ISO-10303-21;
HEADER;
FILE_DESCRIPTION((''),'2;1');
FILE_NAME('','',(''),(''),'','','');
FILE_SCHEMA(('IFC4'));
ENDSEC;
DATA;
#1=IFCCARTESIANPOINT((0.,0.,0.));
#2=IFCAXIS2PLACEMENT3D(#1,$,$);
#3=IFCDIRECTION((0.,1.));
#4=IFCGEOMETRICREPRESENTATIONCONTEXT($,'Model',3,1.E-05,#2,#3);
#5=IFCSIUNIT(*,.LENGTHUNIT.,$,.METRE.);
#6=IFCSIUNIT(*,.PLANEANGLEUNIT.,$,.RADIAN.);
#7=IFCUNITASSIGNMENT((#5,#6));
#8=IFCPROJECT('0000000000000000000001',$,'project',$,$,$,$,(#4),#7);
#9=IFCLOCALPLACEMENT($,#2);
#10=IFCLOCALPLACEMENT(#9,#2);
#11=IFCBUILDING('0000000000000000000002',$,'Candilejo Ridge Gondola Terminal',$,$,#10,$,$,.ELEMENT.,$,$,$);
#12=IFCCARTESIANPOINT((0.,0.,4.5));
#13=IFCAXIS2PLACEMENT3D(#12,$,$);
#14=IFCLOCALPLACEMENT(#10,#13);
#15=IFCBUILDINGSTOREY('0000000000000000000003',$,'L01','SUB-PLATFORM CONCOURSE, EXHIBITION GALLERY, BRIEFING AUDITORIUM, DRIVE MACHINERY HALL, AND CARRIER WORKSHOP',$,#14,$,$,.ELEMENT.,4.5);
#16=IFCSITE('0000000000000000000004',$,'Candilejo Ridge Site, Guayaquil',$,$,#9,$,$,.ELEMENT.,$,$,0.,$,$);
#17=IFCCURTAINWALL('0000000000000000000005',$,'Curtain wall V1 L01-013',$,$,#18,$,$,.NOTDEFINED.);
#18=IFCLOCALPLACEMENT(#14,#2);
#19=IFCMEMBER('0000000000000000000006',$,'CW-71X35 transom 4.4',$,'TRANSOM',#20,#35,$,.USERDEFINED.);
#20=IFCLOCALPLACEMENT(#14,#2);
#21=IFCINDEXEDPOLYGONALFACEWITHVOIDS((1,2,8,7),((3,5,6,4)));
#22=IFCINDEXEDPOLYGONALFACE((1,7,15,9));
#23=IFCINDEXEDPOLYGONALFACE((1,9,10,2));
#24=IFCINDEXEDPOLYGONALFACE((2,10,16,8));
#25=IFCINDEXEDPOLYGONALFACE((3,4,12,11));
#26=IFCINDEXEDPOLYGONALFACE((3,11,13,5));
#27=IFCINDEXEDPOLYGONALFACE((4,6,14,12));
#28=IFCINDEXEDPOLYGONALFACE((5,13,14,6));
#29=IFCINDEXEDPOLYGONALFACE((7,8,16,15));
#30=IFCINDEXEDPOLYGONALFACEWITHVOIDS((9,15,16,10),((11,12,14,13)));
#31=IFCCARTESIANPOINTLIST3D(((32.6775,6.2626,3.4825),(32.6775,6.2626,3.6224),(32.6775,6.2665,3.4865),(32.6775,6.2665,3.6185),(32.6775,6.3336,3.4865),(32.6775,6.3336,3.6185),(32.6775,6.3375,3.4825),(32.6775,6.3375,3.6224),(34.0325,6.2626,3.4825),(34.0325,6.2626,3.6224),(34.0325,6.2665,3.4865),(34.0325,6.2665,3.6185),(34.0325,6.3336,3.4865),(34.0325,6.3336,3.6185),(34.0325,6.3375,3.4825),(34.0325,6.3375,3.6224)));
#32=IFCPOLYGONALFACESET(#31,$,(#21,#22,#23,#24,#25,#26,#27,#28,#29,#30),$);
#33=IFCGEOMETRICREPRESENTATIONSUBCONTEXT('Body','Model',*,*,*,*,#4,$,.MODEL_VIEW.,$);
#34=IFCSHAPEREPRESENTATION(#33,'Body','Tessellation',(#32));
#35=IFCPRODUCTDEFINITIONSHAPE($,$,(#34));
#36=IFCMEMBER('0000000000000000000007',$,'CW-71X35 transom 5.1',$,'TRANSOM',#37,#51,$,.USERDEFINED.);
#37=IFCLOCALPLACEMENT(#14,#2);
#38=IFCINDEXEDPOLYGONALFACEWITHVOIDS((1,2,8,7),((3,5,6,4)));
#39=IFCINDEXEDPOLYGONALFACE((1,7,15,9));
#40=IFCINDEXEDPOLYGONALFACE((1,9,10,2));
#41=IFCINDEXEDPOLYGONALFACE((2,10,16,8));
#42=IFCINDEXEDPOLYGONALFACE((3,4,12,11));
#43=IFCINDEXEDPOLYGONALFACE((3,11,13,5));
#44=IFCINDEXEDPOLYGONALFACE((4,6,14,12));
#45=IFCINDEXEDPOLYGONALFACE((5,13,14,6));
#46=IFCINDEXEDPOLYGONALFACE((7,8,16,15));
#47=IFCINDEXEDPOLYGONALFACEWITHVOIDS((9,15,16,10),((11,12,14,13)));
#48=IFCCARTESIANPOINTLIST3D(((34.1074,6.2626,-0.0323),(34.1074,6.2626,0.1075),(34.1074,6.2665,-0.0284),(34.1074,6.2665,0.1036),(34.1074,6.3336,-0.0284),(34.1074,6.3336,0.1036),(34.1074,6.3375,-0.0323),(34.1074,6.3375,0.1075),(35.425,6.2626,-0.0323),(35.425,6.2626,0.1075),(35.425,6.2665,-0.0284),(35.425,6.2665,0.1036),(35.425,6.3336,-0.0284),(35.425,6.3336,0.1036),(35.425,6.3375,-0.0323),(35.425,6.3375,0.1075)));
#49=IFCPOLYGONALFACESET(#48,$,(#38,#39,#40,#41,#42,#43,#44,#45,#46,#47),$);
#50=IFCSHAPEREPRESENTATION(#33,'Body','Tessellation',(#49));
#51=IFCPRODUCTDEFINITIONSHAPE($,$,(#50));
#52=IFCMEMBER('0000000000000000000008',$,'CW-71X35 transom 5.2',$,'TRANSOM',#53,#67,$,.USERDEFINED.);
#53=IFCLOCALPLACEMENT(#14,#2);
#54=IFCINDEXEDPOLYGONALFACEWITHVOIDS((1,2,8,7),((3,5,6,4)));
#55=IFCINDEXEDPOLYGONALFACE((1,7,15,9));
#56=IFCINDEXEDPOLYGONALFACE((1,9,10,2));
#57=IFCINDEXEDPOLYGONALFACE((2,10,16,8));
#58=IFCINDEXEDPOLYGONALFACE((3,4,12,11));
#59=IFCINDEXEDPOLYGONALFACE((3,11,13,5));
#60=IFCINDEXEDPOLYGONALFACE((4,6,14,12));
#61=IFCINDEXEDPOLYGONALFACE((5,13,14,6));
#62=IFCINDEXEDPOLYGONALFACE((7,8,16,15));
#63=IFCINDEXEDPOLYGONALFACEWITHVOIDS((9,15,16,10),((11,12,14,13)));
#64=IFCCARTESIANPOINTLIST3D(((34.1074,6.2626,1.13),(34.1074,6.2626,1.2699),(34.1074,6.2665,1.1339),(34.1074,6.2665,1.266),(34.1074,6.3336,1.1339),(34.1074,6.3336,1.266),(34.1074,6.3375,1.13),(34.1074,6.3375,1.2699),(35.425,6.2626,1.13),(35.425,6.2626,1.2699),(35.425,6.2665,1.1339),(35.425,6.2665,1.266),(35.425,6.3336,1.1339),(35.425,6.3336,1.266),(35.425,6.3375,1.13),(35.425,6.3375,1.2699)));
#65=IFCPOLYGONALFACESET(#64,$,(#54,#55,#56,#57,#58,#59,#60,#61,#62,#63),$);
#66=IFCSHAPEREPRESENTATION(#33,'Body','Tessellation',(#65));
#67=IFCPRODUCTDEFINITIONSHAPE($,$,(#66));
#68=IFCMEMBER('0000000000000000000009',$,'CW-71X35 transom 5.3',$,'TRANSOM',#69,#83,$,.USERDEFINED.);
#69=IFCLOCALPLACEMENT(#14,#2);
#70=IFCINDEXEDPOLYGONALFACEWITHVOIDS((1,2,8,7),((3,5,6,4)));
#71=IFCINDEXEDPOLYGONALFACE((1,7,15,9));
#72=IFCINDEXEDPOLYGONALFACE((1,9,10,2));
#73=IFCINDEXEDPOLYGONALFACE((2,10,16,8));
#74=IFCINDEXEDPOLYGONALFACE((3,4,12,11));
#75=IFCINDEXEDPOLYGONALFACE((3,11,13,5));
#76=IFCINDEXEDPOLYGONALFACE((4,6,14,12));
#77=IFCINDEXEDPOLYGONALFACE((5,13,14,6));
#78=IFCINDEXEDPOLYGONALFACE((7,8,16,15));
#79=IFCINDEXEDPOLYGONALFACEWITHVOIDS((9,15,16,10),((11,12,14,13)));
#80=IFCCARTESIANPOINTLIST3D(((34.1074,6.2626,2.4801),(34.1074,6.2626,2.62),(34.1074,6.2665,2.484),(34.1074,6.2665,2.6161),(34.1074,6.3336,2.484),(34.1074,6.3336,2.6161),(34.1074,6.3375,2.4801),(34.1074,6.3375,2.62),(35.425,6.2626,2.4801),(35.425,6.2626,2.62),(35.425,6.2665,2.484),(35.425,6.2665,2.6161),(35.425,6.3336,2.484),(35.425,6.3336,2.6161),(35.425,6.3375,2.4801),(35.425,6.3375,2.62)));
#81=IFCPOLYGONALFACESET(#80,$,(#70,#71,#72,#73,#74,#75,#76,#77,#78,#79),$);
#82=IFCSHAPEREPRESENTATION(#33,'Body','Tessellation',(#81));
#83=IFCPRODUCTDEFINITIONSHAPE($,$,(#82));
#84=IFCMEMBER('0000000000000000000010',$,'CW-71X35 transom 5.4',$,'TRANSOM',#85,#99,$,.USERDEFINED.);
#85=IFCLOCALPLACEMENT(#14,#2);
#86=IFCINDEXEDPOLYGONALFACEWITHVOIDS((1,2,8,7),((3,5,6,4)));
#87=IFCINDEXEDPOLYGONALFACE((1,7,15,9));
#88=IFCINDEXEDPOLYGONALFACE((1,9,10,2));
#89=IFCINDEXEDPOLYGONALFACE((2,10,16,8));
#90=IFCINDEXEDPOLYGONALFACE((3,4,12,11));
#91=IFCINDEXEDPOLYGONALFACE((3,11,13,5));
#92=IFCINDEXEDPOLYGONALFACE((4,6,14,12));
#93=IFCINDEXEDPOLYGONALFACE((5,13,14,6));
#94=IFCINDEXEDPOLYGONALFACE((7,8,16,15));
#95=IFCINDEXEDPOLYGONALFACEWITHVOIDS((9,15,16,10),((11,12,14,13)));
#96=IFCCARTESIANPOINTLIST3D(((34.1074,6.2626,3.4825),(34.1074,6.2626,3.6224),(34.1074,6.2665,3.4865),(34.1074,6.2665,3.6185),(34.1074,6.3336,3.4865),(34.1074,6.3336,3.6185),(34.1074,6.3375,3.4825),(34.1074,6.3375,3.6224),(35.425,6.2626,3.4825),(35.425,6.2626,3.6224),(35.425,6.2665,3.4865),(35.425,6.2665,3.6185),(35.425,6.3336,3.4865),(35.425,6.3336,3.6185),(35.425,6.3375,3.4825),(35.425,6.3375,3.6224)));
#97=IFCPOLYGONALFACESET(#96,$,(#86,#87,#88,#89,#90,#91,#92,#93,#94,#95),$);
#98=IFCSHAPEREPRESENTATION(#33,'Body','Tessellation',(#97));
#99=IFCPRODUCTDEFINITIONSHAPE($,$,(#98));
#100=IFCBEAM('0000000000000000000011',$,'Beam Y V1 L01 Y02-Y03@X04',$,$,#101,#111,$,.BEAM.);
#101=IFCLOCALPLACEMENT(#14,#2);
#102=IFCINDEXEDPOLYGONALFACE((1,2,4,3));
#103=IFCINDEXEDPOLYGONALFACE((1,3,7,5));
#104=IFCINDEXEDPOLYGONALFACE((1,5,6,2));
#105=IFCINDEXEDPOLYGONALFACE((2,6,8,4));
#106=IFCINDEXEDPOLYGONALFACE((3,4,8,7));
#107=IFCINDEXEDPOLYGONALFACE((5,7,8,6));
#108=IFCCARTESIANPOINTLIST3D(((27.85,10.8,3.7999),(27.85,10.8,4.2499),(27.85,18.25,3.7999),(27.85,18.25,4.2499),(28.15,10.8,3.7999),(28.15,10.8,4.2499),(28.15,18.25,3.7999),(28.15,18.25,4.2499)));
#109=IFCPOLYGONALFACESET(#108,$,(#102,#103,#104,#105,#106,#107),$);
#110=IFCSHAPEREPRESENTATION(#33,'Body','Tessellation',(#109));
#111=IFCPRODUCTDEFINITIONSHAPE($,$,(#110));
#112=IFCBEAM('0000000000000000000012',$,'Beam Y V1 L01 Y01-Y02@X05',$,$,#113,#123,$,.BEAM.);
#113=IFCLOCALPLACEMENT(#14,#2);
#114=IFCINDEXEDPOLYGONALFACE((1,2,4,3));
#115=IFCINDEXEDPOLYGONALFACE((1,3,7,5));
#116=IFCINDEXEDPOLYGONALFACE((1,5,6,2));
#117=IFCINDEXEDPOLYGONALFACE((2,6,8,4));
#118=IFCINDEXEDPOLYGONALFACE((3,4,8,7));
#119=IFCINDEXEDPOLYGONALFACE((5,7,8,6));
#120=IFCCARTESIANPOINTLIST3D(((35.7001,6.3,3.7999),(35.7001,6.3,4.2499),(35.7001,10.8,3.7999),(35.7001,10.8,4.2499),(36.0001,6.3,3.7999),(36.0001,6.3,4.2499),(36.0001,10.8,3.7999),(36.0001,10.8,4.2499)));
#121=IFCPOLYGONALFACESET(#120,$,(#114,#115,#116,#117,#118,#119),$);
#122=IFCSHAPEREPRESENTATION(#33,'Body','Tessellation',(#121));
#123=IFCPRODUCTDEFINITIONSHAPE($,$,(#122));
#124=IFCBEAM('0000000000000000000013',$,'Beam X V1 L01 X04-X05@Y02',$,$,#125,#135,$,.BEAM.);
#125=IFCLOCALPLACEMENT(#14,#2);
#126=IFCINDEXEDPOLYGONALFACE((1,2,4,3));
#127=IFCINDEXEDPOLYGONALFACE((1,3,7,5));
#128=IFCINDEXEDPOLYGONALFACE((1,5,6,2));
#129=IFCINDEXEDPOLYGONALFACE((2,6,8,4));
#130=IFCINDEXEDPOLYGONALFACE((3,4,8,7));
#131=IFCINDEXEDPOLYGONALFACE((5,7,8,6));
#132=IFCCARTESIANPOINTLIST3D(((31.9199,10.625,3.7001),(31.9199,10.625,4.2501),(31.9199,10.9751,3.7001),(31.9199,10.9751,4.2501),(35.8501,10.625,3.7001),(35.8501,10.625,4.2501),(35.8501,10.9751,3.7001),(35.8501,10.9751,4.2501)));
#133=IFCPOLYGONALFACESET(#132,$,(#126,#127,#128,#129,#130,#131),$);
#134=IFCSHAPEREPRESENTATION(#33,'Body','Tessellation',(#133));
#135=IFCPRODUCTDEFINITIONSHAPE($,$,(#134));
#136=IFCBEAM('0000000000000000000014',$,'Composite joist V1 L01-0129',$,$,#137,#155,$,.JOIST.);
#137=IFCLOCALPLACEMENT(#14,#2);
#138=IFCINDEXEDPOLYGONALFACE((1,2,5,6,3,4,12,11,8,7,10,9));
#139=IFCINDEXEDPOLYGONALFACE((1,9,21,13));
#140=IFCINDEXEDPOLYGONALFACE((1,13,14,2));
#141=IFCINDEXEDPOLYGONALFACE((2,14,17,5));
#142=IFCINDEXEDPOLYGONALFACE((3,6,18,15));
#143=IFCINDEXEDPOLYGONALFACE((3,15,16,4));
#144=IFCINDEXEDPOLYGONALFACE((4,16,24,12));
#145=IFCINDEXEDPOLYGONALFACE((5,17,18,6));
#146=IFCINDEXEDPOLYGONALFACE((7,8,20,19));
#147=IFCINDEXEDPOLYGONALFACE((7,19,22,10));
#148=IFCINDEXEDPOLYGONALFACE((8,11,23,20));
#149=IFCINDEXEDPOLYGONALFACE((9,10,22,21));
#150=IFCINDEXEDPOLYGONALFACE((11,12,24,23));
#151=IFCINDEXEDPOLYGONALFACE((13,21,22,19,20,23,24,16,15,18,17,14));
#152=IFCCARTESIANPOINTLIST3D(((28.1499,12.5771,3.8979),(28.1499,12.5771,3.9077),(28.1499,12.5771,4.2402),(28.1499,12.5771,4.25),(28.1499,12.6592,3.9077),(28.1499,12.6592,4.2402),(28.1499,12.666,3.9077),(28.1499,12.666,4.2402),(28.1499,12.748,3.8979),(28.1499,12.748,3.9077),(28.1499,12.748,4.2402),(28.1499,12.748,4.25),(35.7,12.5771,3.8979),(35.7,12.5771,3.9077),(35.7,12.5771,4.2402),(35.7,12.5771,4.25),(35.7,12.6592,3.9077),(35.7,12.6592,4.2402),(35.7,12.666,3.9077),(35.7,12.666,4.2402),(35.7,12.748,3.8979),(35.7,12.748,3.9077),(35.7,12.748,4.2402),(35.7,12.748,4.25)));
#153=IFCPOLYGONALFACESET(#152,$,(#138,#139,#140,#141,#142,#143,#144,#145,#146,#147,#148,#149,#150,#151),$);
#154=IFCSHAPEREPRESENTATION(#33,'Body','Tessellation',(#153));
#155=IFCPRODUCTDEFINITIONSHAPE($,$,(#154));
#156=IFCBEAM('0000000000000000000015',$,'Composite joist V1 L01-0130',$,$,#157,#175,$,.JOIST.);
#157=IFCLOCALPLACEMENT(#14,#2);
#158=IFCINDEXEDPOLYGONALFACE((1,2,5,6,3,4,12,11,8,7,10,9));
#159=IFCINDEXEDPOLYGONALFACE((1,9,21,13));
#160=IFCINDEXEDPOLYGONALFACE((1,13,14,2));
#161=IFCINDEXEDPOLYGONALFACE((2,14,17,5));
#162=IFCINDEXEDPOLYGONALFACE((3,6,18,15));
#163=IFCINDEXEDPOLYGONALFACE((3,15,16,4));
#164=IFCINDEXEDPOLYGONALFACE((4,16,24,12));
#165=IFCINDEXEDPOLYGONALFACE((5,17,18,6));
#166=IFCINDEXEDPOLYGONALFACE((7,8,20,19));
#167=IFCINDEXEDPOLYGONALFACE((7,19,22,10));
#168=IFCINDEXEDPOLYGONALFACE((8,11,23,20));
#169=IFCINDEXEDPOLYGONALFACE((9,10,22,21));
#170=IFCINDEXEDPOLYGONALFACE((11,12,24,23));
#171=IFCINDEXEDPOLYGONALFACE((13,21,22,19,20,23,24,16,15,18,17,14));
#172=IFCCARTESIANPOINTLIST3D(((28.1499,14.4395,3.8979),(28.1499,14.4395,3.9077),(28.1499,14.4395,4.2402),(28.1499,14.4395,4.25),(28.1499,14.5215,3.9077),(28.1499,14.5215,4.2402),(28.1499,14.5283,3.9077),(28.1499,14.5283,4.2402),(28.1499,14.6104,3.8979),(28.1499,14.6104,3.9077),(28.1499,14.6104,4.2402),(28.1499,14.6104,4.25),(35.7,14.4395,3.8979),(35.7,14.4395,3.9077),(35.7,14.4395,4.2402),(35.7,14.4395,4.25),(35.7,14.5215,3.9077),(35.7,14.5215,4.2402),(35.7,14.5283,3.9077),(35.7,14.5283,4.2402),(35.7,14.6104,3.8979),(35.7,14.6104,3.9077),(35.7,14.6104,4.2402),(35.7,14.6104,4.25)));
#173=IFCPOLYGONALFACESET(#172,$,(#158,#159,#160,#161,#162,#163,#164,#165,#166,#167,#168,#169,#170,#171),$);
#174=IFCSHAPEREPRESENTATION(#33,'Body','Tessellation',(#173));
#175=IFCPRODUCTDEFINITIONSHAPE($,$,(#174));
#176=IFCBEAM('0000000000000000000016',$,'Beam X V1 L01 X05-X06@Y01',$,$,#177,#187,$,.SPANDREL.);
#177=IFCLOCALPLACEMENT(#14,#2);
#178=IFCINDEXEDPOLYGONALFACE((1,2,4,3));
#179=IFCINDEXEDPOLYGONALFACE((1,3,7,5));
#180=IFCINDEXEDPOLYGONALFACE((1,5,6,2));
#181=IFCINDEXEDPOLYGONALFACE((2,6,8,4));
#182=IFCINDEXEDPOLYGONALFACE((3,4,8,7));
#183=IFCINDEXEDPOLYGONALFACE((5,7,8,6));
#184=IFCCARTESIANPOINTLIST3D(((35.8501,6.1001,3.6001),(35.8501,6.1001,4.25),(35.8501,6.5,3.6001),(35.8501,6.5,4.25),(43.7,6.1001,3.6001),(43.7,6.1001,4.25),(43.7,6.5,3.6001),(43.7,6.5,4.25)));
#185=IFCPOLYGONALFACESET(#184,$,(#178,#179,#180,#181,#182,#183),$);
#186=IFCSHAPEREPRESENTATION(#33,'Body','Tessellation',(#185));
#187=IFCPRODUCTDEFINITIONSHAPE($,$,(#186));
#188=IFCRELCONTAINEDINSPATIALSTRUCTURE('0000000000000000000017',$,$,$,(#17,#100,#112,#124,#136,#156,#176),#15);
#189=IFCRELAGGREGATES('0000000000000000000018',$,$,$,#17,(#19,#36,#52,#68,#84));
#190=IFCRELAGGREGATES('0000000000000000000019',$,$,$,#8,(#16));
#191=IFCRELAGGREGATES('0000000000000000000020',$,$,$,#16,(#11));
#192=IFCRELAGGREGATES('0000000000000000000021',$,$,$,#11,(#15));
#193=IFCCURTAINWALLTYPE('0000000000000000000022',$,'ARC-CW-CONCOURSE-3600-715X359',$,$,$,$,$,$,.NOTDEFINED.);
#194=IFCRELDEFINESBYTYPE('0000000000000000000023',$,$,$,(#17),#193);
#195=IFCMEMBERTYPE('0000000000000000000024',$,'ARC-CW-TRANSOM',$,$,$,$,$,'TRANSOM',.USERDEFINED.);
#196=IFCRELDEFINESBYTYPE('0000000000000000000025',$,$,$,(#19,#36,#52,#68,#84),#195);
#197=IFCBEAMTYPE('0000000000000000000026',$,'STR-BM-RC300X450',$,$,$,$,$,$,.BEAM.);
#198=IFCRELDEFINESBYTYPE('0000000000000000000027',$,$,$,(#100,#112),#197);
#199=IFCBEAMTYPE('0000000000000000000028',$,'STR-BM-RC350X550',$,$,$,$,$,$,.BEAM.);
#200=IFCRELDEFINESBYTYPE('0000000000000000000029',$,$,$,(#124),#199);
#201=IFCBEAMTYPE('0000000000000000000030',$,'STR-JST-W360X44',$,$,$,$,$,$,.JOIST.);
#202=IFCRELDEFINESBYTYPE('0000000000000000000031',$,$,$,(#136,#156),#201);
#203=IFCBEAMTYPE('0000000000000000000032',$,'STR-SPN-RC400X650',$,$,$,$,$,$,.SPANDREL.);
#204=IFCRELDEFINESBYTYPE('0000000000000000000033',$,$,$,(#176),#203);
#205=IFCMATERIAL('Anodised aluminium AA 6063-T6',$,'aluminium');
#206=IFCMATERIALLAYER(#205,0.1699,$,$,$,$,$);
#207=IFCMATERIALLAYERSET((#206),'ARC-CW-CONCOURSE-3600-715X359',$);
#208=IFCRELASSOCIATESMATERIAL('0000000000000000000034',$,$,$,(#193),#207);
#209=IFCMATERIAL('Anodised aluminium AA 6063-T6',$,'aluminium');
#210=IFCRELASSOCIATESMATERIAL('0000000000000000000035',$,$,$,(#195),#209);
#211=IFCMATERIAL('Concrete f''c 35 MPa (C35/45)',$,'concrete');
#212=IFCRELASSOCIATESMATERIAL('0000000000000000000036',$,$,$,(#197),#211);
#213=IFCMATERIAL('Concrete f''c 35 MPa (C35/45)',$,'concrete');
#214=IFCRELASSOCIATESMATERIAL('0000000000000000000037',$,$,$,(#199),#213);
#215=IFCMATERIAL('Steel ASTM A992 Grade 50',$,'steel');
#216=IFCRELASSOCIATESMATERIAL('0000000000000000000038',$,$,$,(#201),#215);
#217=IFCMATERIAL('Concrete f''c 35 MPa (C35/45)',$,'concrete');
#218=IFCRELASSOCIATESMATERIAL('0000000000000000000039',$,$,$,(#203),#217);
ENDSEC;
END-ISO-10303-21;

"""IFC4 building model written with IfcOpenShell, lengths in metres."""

from ifc_helpers import new_model, si_unit, direction, frame, origin, origin_2d, place, context, subcontext, project, spatial, rectangle, hollow_rectangle, i_section, extrude, material, layer, layer_set, material_profile, profile_set, type_object, element, aggregate, save


model = new_model("IFC4")

# Units and contexts
model_context = context("Model", 3, precision=1e-05, world=origin(), true_north=direction((0.0, 1.0)))
body_context = subcontext(model_context, "Body", "Model", "MODEL_VIEW")
ifc_project = project(units=[si_unit("LENGTHUNIT", "METRE"), si_unit("PLANEANGLEUNIT", "RADIAN")], contexts=[model_context])

# Site, building, storey
site_placement = place(None, origin())
site = spatial("IfcSite", under=ifc_project, at=site_placement, Name="Candilejo Ridge Site, Guayaquil", CompositionType="ELEMENT", RefElevation=0.0)
building_placement = place(site_placement, origin())
building = spatial("IfcBuilding", under=site, at=building_placement, Name="Candilejo Ridge Gondola Terminal", CompositionType="ELEMENT")
storey_placement = place(building_placement, frame((0.0, 0.0, 4.5)))
storey = spatial("IfcBuildingStorey", under=building, at=storey_placement, Name="L01", Description="SUB-PLATFORM CONCOURSE, EXHIBITION GALLERY, BRIEFING AUDITORIUM, DRIVE MACHINERY HALL, AND CARRIER WORKSHOP", CompositionType="ELEMENT", Elevation=4.5)

# Curtain wall, members
ifc_material_1 = material(Name="Anodised aluminium AA 6063-T6", Category="aluminium")
ifc_layer_1 = layer(ifc_material_1, 0.1699)
ifc_layer_set_1 = layer_set([ifc_layer_1], Name="ARC-CW-CONCOURSE-3600-715X359")
curtain_wall_type = type_object("IfcCurtainWallType", Name="ARC-CW-CONCOURSE-3600-715X359", PredefinedType="NOTDEFINED", material=ifc_layer_set_1)
curtain_wall_placement = place(storey_placement, origin())
curtain_wall = element("IfcCurtainWall", 1, at=curtain_wall_placement, inside=storey, type_object=curtain_wall_type, Name="Curtain wall V1 L01-013", PredefinedType="NOTDEFINED")
ifc_material_2 = material(Name="Anodised aluminium AA 6063-T6", Category="aluminium")
ifc_material_profile_1 = material_profile(ifc_material_2, hollow_rectangle(XDim=0.075, YDim=0.1399, WallThickness=0.0039, at=origin_2d()))
ifc_profile_set_1 = profile_set([ifc_material_profile_1], Name="Anodised aluminium AA 6063-T6")
member_type_1 = type_object("IfcMemberType", Name="ARC-CW-TRANSOM", ElementType="TRANSOM", PredefinedType="USERDEFINED", material=ifc_profile_set_1)
member_1_placement = place(storey_placement, frame((32.6775, 6.3, 3.5525), z_axis=(1.0, 0.0, 0.0), x_axis=(0.0, 1.0, 0.0)))
member_1 = element("IfcMember", 2, at=member_1_placement, type_object=member_type_1, Name="CW-71X35 transom 4.4", ObjectType="TRANSOM", PredefinedType="USERDEFINED", context=body_context, shape_type="SweptSolid", body=[
    extrude(hollow_rectangle(XDim=0.075, YDim=0.1399, WallThickness=0.0039, at=origin_2d()), origin(), (0.0, 0.0, 1.0), 1.355),
])
member_2_placement = place(storey_placement, frame((34.1074, 6.3, 0.0376), z_axis=(1.0, 0.0, 0.0), x_axis=(0.0, 1.0, 0.0)))
member_2 = element("IfcMember", 3, at=member_2_placement, type_object=member_type_1, Name="CW-71X35 transom 5.1", ObjectType="TRANSOM", PredefinedType="USERDEFINED", context=body_context, shape_type="SweptSolid", body=[
    extrude(hollow_rectangle(XDim=0.075, YDim=0.1399, WallThickness=0.0039, at=origin_2d()), origin(), (0.0, 0.0, 1.0), 1.3176),
])
member_3_placement = place(storey_placement, frame((34.1074, 6.3, 1.2), z_axis=(1.0, 0.0, 0.0), x_axis=(0.0, 1.0, 0.0)))
member_3 = element("IfcMember", 4, at=member_3_placement, type_object=member_type_1, Name="CW-71X35 transom 5.2", ObjectType="TRANSOM", PredefinedType="USERDEFINED", context=body_context, shape_type="SweptSolid", body=[
    extrude(hollow_rectangle(XDim=0.075, YDim=0.1399, WallThickness=0.0039, at=origin_2d()), origin(), (0.0, 0.0, 1.0), 1.3176),
])
member_4_placement = place(storey_placement, frame((34.1074, 6.3, 2.55), z_axis=(1.0, 0.0, 0.0), x_axis=(0.0, 1.0, 0.0)))
member_4 = element("IfcMember", 5, at=member_4_placement, type_object=member_type_1, Name="CW-71X35 transom 5.3", ObjectType="TRANSOM", PredefinedType="USERDEFINED", context=body_context, shape_type="SweptSolid", body=[
    extrude(hollow_rectangle(XDim=0.075, YDim=0.1399, WallThickness=0.0039, at=origin_2d()), origin(), (0.0, 0.0, 1.0), 1.3176),
])
member_5_placement = place(storey_placement, frame((34.1074, 6.3, 3.5525), z_axis=(1.0, 0.0, 0.0), x_axis=(0.0, 1.0, 0.0)))
member_5 = element("IfcMember", 6, at=member_5_placement, type_object=member_type_1, Name="CW-71X35 transom 5.4", ObjectType="TRANSOM", PredefinedType="USERDEFINED", context=body_context, shape_type="SweptSolid", body=[
    extrude(hollow_rectangle(XDim=0.075, YDim=0.1399, WallThickness=0.0039, at=origin_2d()), origin(), (0.0, 0.0, 1.0), 1.3176),
])

# Beams
ifc_material_3 = material(Name="Concrete f'c 35 MPa (C35/45)", Category="concrete")
ifc_material_profile_2 = material_profile(ifc_material_3, rectangle(XDim=0.3, YDim=0.45, at=origin_2d()))
ifc_profile_set_2 = profile_set([ifc_material_profile_2], Name="Concrete f'c 35 MPa (C35/45)")
beam_type_1 = type_object("IfcBeamType", Name="STR-BM-RC300X450", PredefinedType="BEAM", material=ifc_profile_set_2)
beam_1_placement = place(storey_placement, frame((28.0, 10.8, 4.0249), z_axis=(0.0, 1.0, 0.0), x_axis=(-1.0, 0.0, 0.0)))
element("IfcBeam", 7, at=beam_1_placement, inside=storey, type_object=beam_type_1, Name="Beam Y V1 L01 Y02-Y03@X04", PredefinedType="BEAM", context=body_context, shape_type="SweptSolid", body=[
    extrude(rectangle(XDim=0.3, YDim=0.45, at=origin_2d()), origin(), (0.0, 0.0, 1.0), 7.45),
])
beam_2_placement = place(storey_placement, frame((35.8501, 6.3, 4.0249), z_axis=(0.0, 1.0, 0.0), x_axis=(-1.0, 0.0, 0.0)))
element("IfcBeam", 8, at=beam_2_placement, inside=storey, type_object=beam_type_1, Name="Beam Y V1 L01 Y01-Y02@X05", PredefinedType="BEAM", context=body_context, shape_type="SweptSolid", body=[
    extrude(rectangle(XDim=0.3, YDim=0.45, at=origin_2d()), origin(), (0.0, 0.0, 1.0), 4.5),
])
ifc_material_4 = material(Name="Concrete f'c 35 MPa (C35/45)", Category="concrete")
ifc_material_profile_3 = material_profile(ifc_material_4, rectangle(XDim=0.3501, YDim=0.55, at=origin_2d()))
ifc_profile_set_3 = profile_set([ifc_material_profile_3], Name="Concrete f'c 35 MPa (C35/45)")
beam_type_2 = type_object("IfcBeamType", Name="STR-BM-RC350X550", PredefinedType="BEAM", material=ifc_profile_set_3)
beam_3_placement = place(storey_placement, frame((31.9199, 10.8, 3.9751), z_axis=(1.0, 0.0, 0.0), x_axis=(0.0, 1.0, 0.0)))
element("IfcBeam", 9, at=beam_3_placement, inside=storey, type_object=beam_type_2, Name="Beam X V1 L01 X04-X05@Y02", PredefinedType="BEAM", context=body_context, shape_type="SweptSolid", body=[
    extrude(rectangle(XDim=0.3501, YDim=0.55, at=origin_2d()), origin(), (0.0, 0.0, 1.0), 3.9302),
])
ifc_material_5 = material(Name="Steel ASTM A992 Grade 50", Category="steel")
ifc_material_profile_4 = material_profile(ifc_material_5, i_section(OverallWidth=0.1709, OverallDepth=0.3521, WebThickness=0.0068, FlangeThickness=0.0098, at=origin_2d()))
ifc_profile_set_4 = profile_set([ifc_material_profile_4], Name="Steel ASTM A992 Grade 50")
beam_type_3 = type_object("IfcBeamType", Name="STR-JST-W360X44", PredefinedType="JOIST", material=ifc_profile_set_4)
for number, where, z_axis, x_axis, name in (
    (10, (28.1499, 12.6626, 4.074), (1.0, 0.0, 0.0), (0.0, 1.0, 0.0), "Composite joist V1 L01-0129"),
    (11, (28.1499, 14.5249, 4.074), (1.0, 0.0, 0.0), (0.0, 1.0, 0.0), "Composite joist V1 L01-0130"),
):
    element("IfcBeam", number, at=place(storey_placement, frame(where, z_axis=z_axis, x_axis=x_axis)), inside=storey, type_object=beam_type_3, Name=name, PredefinedType="JOIST", context=body_context, shape_type="SweptSolid", body=[
        extrude(i_section(OverallWidth=0.1709, OverallDepth=0.3521, WebThickness=0.0068, FlangeThickness=0.0098, at=origin_2d()), origin(), (0.0, 0.0, 1.0), 7.55),
    ])
ifc_material_6 = material(Name="Concrete f'c 35 MPa (C35/45)", Category="concrete")
ifc_material_profile_5 = material_profile(ifc_material_6, rectangle(XDim=0.3999, YDim=0.6499, at=origin_2d()))
ifc_profile_set_5 = profile_set([ifc_material_profile_5], Name="Concrete f'c 35 MPa (C35/45)")
beam_type_4 = type_object("IfcBeamType", Name="STR-SPN-RC400X650", PredefinedType="SPANDREL", material=ifc_profile_set_5)
beam_4_placement = place(storey_placement, frame((35.8501, 6.3, 3.925), z_axis=(1.0, 0.0, 0.0), x_axis=(0.0, 1.0, 0.0)))
element("IfcBeam", 12, at=beam_4_placement, inside=storey, type_object=beam_type_4, Name="Beam X V1 L01 X05-X06@Y01", PredefinedType="SPANDREL", context=body_context, shape_type="SweptSolid", body=[
    extrude(rectangle(XDim=0.3999, YDim=0.6499, at=origin_2d()), origin(), (0.0, 0.0, 1.0), 7.8499),
])

aggregate(curtain_wall, [member_1, member_2, member_3, member_4, member_5])

save(model, "model.ifc")
